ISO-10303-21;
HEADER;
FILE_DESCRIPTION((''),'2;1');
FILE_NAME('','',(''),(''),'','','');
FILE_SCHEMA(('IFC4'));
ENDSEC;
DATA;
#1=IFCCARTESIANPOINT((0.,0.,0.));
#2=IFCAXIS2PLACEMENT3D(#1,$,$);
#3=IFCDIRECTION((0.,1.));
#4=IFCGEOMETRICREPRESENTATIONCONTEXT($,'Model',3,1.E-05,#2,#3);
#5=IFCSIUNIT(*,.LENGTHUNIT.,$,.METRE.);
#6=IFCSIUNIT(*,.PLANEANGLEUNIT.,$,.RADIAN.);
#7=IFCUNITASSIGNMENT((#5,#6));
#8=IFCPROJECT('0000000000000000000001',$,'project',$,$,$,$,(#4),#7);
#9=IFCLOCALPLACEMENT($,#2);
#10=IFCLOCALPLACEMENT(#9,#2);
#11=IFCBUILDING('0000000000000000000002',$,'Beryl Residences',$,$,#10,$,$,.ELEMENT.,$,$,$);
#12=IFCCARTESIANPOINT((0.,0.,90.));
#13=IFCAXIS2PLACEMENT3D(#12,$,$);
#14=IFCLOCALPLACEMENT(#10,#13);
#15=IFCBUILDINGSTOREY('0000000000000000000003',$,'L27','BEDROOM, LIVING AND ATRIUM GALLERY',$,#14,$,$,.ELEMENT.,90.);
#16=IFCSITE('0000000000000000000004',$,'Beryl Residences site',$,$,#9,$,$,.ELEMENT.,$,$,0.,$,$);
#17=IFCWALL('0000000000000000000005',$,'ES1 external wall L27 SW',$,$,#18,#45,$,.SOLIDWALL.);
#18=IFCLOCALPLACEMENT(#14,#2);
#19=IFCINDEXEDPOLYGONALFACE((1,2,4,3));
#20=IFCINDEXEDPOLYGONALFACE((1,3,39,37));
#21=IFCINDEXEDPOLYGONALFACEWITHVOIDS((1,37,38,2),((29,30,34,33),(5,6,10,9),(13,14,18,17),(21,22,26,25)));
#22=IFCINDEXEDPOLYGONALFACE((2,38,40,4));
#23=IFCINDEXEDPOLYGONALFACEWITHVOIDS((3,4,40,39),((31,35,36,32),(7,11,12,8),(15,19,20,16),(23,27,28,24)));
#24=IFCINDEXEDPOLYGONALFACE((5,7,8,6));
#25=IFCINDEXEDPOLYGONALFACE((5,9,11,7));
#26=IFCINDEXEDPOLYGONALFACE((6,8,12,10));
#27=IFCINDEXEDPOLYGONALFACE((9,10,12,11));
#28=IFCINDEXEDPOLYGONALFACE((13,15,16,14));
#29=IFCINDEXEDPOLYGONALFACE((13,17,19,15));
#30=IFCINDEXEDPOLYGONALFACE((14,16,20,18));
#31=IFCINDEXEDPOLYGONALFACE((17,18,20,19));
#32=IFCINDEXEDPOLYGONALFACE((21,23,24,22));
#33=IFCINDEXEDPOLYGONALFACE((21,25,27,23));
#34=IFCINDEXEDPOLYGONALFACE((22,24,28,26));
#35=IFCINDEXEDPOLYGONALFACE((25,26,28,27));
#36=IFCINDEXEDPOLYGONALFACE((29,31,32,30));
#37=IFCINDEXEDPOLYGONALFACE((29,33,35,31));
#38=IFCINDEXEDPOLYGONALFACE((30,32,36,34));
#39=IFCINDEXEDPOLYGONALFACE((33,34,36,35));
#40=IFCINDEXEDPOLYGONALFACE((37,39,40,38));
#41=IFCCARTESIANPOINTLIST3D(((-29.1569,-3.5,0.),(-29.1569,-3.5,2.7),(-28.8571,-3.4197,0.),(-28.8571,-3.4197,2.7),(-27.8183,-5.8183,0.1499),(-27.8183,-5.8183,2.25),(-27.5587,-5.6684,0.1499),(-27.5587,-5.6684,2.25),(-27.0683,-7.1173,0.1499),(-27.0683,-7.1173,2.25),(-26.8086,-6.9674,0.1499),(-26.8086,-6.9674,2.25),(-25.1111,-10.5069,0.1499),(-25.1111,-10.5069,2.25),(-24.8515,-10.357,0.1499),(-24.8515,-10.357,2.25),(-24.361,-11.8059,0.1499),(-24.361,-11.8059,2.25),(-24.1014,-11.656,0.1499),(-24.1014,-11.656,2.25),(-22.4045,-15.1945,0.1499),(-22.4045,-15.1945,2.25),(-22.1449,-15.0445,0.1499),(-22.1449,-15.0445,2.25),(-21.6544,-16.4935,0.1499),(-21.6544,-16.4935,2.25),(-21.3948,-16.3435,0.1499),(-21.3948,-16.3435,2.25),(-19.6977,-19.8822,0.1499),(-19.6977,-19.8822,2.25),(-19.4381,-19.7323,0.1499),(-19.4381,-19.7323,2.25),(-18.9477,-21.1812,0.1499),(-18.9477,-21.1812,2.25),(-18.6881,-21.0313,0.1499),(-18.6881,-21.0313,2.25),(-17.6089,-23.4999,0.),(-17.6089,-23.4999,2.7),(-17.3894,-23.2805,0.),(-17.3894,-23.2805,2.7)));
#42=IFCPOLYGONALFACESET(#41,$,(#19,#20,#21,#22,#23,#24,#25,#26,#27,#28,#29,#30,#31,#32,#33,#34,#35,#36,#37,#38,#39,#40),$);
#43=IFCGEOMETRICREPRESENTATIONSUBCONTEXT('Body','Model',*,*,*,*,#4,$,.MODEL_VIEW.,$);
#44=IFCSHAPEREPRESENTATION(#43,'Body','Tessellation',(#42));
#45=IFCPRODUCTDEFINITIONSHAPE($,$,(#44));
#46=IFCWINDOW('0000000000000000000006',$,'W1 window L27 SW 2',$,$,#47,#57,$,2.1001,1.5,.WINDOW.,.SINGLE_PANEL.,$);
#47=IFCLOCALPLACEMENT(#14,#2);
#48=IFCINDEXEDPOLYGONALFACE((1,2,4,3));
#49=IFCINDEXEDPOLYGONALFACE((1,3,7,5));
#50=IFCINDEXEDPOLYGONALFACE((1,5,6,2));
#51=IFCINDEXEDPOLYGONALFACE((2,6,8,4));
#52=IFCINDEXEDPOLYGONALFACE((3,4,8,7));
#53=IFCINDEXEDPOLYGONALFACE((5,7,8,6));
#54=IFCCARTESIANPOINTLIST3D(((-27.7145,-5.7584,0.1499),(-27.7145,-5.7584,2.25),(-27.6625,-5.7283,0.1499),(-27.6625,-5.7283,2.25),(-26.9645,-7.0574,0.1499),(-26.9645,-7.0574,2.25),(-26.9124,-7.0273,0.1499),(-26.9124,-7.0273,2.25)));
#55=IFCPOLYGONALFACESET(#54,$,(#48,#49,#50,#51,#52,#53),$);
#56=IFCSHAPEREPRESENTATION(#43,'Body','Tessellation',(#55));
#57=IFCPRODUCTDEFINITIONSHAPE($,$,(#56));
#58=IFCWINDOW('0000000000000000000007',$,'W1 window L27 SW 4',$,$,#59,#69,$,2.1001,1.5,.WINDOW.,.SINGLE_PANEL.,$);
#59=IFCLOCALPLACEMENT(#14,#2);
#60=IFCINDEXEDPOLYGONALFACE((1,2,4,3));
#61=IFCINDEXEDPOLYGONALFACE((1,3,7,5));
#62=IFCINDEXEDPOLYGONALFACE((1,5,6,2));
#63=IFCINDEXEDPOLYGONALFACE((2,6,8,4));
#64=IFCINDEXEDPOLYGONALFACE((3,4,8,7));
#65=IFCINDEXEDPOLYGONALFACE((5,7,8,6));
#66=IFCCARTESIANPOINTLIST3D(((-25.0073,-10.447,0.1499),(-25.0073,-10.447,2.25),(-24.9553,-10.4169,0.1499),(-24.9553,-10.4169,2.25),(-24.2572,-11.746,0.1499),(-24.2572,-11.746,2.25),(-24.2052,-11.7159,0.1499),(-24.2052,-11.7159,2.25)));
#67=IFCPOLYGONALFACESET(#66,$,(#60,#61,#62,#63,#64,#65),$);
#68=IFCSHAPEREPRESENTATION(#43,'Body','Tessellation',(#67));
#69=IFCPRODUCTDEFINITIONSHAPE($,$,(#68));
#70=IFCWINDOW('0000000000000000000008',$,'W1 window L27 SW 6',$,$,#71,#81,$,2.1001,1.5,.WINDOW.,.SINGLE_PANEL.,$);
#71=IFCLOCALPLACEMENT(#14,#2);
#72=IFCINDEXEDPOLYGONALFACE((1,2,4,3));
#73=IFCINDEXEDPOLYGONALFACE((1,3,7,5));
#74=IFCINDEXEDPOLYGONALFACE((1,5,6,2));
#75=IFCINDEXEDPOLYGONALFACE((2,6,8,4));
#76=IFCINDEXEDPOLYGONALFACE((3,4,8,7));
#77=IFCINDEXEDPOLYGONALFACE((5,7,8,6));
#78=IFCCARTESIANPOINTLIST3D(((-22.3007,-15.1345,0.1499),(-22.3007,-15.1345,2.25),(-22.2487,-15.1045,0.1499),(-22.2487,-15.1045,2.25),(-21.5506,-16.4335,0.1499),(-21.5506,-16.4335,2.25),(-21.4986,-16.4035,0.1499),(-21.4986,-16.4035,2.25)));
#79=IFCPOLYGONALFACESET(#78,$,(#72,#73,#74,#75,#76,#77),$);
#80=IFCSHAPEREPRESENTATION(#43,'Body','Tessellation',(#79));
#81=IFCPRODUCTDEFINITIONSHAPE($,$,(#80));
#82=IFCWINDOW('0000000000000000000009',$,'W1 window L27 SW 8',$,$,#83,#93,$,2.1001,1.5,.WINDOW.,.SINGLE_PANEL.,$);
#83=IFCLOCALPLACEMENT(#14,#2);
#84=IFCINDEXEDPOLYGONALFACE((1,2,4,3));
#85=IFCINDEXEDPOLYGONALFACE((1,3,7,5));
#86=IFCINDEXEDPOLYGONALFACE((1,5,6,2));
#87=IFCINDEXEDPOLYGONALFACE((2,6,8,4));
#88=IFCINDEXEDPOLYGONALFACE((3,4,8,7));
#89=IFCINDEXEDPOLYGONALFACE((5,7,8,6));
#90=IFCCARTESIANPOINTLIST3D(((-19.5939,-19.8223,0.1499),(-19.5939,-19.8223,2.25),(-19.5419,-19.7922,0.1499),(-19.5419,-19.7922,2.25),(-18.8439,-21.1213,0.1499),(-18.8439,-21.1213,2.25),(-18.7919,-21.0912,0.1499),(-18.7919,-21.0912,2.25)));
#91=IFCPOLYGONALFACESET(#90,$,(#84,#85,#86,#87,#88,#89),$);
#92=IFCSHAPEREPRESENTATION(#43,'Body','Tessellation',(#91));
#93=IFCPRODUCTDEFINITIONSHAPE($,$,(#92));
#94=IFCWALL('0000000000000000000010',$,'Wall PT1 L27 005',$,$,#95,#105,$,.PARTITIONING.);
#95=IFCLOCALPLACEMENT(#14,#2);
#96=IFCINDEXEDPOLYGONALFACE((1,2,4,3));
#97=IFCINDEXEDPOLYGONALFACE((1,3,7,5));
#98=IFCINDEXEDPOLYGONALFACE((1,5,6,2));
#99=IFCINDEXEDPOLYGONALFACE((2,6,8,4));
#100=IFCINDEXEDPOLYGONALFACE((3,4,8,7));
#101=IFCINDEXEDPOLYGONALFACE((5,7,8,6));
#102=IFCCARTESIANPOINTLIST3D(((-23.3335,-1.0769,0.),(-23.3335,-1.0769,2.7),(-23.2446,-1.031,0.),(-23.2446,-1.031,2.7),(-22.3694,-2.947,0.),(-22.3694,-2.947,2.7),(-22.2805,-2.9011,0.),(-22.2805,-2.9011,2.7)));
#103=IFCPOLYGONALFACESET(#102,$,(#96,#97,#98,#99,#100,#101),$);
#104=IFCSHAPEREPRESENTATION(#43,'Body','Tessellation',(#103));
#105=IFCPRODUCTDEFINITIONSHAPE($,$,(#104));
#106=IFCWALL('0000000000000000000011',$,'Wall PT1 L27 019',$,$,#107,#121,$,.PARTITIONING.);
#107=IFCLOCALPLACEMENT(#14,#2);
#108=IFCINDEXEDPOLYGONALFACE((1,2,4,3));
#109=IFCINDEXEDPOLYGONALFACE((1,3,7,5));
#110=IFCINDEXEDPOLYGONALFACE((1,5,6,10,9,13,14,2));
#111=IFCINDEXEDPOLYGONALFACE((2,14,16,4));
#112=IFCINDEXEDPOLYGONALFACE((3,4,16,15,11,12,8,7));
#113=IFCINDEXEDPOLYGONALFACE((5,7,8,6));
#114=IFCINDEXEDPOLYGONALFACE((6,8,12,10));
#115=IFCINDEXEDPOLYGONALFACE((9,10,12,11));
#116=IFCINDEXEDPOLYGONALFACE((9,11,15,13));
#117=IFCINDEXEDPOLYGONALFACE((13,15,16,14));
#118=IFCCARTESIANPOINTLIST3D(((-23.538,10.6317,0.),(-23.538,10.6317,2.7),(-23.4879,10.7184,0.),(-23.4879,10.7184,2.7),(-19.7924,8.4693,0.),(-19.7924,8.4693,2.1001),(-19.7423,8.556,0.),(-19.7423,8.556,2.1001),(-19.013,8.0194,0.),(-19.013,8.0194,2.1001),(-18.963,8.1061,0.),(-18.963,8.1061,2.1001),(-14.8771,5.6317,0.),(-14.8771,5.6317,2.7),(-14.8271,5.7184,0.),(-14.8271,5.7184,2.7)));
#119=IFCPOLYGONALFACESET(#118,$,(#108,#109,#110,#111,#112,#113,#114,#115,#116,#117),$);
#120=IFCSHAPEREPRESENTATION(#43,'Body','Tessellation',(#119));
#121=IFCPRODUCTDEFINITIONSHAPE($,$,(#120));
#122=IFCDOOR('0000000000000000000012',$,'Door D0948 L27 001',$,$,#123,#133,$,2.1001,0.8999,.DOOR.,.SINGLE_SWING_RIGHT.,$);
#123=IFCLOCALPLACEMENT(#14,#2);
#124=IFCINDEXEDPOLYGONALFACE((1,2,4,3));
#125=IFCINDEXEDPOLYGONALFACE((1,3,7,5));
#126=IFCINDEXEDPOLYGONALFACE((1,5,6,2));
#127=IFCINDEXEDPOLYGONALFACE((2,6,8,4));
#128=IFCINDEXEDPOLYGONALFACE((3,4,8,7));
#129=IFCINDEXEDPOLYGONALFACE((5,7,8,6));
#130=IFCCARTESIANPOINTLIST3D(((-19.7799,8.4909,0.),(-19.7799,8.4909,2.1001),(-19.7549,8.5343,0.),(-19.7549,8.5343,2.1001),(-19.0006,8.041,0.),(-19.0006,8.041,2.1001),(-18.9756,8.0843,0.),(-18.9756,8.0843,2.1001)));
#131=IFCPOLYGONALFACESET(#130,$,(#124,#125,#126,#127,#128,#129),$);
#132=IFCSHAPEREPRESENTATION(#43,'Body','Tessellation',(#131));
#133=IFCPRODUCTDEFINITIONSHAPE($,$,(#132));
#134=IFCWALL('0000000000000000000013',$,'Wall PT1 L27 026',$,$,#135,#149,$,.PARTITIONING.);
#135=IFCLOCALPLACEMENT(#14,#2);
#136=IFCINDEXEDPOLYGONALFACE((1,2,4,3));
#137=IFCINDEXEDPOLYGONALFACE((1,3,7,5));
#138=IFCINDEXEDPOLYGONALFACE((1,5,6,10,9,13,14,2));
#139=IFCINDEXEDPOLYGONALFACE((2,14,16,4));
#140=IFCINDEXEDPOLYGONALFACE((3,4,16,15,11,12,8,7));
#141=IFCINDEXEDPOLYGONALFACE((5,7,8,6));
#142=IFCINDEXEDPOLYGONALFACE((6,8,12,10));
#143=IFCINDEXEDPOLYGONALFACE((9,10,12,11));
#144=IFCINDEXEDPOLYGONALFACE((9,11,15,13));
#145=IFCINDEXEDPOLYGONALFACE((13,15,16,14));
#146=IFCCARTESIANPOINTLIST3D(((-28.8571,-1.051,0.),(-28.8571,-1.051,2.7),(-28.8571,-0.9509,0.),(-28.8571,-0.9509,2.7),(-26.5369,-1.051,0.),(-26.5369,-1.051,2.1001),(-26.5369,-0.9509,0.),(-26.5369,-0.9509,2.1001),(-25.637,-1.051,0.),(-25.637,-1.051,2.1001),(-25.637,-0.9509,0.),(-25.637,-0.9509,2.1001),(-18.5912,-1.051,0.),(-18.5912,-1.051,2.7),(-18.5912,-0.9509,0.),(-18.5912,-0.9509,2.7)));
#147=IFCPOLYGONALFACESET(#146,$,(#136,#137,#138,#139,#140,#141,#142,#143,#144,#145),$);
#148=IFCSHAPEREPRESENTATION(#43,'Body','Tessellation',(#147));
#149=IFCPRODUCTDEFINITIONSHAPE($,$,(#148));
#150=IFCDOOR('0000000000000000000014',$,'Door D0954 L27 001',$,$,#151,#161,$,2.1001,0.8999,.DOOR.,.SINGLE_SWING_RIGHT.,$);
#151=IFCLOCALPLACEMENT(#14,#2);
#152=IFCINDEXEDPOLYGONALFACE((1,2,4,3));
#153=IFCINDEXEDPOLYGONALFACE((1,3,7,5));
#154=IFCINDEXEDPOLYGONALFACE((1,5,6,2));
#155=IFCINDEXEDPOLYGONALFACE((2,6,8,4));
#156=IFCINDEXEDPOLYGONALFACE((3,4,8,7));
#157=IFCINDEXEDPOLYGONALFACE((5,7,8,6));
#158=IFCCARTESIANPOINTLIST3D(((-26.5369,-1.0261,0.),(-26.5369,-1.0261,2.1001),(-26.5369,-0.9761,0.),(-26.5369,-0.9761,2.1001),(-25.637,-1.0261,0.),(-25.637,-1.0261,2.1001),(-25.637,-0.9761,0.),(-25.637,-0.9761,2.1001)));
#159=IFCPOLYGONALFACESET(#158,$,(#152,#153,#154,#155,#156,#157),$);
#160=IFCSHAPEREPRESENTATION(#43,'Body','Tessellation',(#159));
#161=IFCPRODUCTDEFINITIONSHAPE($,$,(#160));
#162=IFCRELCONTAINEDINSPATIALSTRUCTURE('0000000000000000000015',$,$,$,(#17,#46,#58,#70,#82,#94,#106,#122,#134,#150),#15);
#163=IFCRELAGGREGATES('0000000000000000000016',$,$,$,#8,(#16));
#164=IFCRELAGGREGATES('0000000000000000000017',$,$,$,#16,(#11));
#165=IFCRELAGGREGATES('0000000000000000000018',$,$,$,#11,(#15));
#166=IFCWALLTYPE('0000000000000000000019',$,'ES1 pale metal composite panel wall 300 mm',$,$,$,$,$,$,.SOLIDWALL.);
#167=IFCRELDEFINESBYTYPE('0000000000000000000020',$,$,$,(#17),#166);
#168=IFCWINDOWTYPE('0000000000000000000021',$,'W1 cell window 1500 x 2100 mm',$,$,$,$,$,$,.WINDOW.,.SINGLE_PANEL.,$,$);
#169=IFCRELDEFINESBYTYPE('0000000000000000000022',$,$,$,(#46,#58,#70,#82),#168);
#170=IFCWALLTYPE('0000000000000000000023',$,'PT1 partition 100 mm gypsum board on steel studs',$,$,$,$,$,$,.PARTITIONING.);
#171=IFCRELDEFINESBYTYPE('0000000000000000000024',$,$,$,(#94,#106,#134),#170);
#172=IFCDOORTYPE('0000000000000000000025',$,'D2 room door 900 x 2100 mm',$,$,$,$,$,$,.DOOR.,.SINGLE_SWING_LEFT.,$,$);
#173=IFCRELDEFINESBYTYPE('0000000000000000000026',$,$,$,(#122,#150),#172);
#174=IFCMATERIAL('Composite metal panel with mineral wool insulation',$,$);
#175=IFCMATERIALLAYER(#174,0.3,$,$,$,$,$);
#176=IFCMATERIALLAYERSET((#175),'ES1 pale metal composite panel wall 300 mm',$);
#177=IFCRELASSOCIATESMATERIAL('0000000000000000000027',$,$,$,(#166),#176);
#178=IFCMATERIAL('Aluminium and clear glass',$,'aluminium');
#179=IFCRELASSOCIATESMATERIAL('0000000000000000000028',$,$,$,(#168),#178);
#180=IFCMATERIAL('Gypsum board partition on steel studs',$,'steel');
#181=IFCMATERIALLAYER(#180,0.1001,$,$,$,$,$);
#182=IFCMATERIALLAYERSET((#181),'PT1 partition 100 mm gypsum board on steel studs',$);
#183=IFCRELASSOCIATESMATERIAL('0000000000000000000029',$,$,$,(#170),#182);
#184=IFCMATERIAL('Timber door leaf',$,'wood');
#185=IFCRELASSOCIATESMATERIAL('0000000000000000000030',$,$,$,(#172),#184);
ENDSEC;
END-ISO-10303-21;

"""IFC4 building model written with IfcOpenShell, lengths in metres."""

from ifc_helpers import new_model, si_unit, direction, frame, frame_2d, origin, place, context, subcontext, project, spatial, polyline, rectangle, outline, extrude, material, layer, layer_set, type_object, element, fill, save


model = new_model("IFC4")

# Units and contexts
model_context = context("Model", 3, precision=1e-05, world=origin(), true_north=direction((0.0, 1.0)))
body_context = subcontext(model_context, "Body", "Model", "MODEL_VIEW")
ifc_project = project(units=[si_unit("LENGTHUNIT", "METRE"), si_unit("PLANEANGLEUNIT", "RADIAN")], contexts=[model_context])

# Site, building, storey
site_placement = place(None, origin())
site = spatial("IfcSite", under=ifc_project, at=site_placement, Name="Beryl Residences site", CompositionType="ELEMENT", RefElevation=0.0)
building_placement = place(site_placement, origin())
building = spatial("IfcBuilding", under=site, at=building_placement, Name="Beryl Residences", CompositionType="ELEMENT")
storey_placement = place(building_placement, frame((0.0, 0.0, 90.0)))
storey = spatial("IfcBuildingStorey", under=building, at=storey_placement, Name="L27", Description="BEDROOM, LIVING AND ATRIUM GALLERY", CompositionType="ELEMENT", Elevation=90.0)

# Shared definitions
ifc_material_1 = material(Name="Composite metal panel with mineral wool insulation")
ifc_layer_1 = layer(ifc_material_1, 0.3)
ifc_layer_set_1 = layer_set([ifc_layer_1], Name="ES1 pale metal composite panel wall 300 mm")
wall_type_1 = type_object("IfcWallType", Name="ES1 pale metal composite panel wall 300 mm", PredefinedType="SOLIDWALL", material=ifc_layer_set_1)

# Wall, openings, windows
wall_1_placement = place(storey_placement, frame((-29.0271, -3.425, 0.0), z_axis=(0.0, 0.0, 1.0), x_axis=(0.500035, -0.866005, 0.0)))
wall_1 = element("IfcWall", 1, at=wall_1_placement, inside=storey, type_object=wall_type_1, Name="ES1 external wall L27 SW", PredefinedType="SOLIDWALL", context=body_context, shape_type="SweptSolid", body=[
    extrude(outline(polyline([(0.0, -0.1499), (23.0945, -0.1499), (23.0142, 0.1499), (0.0803, 0.1499), (0.0, -0.1499)])), origin(), (0.0, 0.0, 1.0), 2.7),
])
opening_1_placement = place(wall_1_placement, frame((2.677, 0.0, 0.1499)))
opening_1 = element("IfcOpeningElement", 2, at=opening_1_placement, cuts=wall_1, PredefinedType="OPENING", context=body_context, shape_type="SweptSolid", body=[
    extrude(rectangle(XDim=1.5, YDim=2.1001, at=frame_2d((0.75, 1.05))), frame((0.0, 0.1599, 0.0), z_axis=(0.0, -1.0, 0.0), x_axis=(1.0, 0.0, 0.0)), (0.0, 0.0, 1.0), 0.3201),
])
opening_2_placement = place(wall_1_placement, frame((8.0911, 0.0, 0.1499)))
opening_2 = element("IfcOpeningElement", 3, at=opening_2_placement, cuts=wall_1, PredefinedType="OPENING", context=body_context, shape_type="SweptSolid", body=[
    extrude(rectangle(XDim=1.5, YDim=2.1001, at=frame_2d((0.75, 1.05))), frame((0.0, 0.1599, 0.0), z_axis=(0.0, -1.0, 0.0), x_axis=(1.0, 0.0, 0.0)), (0.0, 0.0, 1.0), 0.3201),
])
opening_3_placement = place(wall_1_placement, frame((13.5039, 0.0, 0.1499)))
opening_3 = element("IfcOpeningElement", 4, at=opening_3_placement, cuts=wall_1, PredefinedType="OPENING", context=body_context, shape_type="SweptSolid", body=[
    extrude(rectangle(XDim=1.5, YDim=2.1001, at=frame_2d((0.75, 1.05))), frame((0.0, 0.1599, 0.0), z_axis=(0.0, -1.0, 0.0), x_axis=(1.0, 0.0, 0.0)), (0.0, 0.0, 1.0), 0.3201),
])
opening_4_placement = place(wall_1_placement, frame((18.917, 0.0, 0.1499)))
opening_4 = element("IfcOpeningElement", 5, at=opening_4_placement, cuts=wall_1, PredefinedType="OPENING", context=body_context, shape_type="SweptSolid", body=[
    extrude(rectangle(XDim=1.5, YDim=2.1001, at=frame_2d((0.75, 1.05))), frame((0.0, 0.1599, 0.0), z_axis=(0.0, -1.0, 0.0), x_axis=(1.0, 0.0, 0.0)), (0.0, 0.0, 1.0), 0.3201),
])
ifc_material_2 = material(Name="Aluminium and clear glass", Category="aluminium")
window_type_1 = type_object("IfcWindowType", Name="W1 cell window 1500 x 2100 mm", PartitioningType="SINGLE_PANEL", PredefinedType="WINDOW", material=ifc_material_2)
window_1_placement = place(opening_1_placement, origin())
window_1 = element("IfcWindow", 6, at=window_1_placement, inside=storey, type_object=window_type_1, Name="W1 window L27 SW 2", OverallHeight=2.1001, OverallWidth=1.5, PartitioningType="SINGLE_PANEL", PredefinedType="WINDOW", context=body_context, shape_type="SweptSolid", body=[
    extrude(rectangle(XDim=1.5, YDim=2.1001, at=frame_2d((0.75, 1.05))), frame((0.0, 0.03, 0.0), z_axis=(0.0, -1.0, 0.0), x_axis=(1.0, 0.0, 0.0)), (0.0, 0.0, 1.0), 0.0601),
])
fill(opening_1, window_1)
window_2_placement = place(opening_2_placement, origin())
window_2 = element("IfcWindow", 7, at=window_2_placement, inside=storey, type_object=window_type_1, Name="W1 window L27 SW 4", OverallHeight=2.1001, OverallWidth=1.5, PartitioningType="SINGLE_PANEL", PredefinedType="WINDOW", context=body_context, shape_type="SweptSolid", body=[
    extrude(rectangle(XDim=1.5, YDim=2.1001, at=frame_2d((0.75, 1.05))), frame((0.0, 0.03, 0.0), z_axis=(0.0, -1.0, 0.0), x_axis=(1.0, 0.0, 0.0)), (0.0, 0.0, 1.0), 0.0601),
])
fill(opening_2, window_2)
window_3_placement = place(opening_3_placement, origin())
window_3 = element("IfcWindow", 8, at=window_3_placement, inside=storey, type_object=window_type_1, Name="W1 window L27 SW 6", OverallHeight=2.1001, OverallWidth=1.5, PartitioningType="SINGLE_PANEL", PredefinedType="WINDOW", context=body_context, shape_type="SweptSolid", body=[
    extrude(rectangle(XDim=1.5, YDim=2.1001, at=frame_2d((0.75, 1.05))), frame((0.0, 0.03, 0.0), z_axis=(0.0, -1.0, 0.0), x_axis=(1.0, 0.0, 0.0)), (0.0, 0.0, 1.0), 0.0601),
])
fill(opening_3, window_3)
window_4_placement = place(opening_4_placement, origin())
window_4 = element("IfcWindow", 9, at=window_4_placement, inside=storey, type_object=window_type_1, Name="W1 window L27 SW 8", OverallHeight=2.1001, OverallWidth=1.5, PartitioningType="SINGLE_PANEL", PredefinedType="WINDOW", context=body_context, shape_type="SweptSolid", body=[
    extrude(rectangle(XDim=1.5, YDim=2.1001, at=frame_2d((0.75, 1.05))), frame((0.0, 0.03, 0.0), z_axis=(0.0, -1.0, 0.0), x_axis=(1.0, 0.0, 0.0)), (0.0, 0.0, 1.0), 0.0601),
])
fill(opening_4, window_4)

# Wall
ifc_material_3 = material(Name="Gypsum board partition on steel studs", Category="steel")
ifc_layer_2 = layer(ifc_material_3, 0.1001)
ifc_layer_set_2 = layer_set([ifc_layer_2], Name="PT1 partition 100 mm gypsum board on steel studs")
wall_type_2 = type_object("IfcWallType", Name="PT1 partition 100 mm gypsum board on steel studs", PredefinedType="PARTITIONING", material=ifc_layer_set_2)
wall_2_placement = place(storey_placement, frame((-23.2891, -1.054, 0.0), z_axis=(0.0, 0.0, 1.0), x_axis=(0.458226, -0.888836, 0.0)))
element("IfcWall", 10, at=wall_2_placement, inside=storey, type_object=wall_type_2, Name="Wall PT1 L27 005", PredefinedType="PARTITIONING", context=body_context, shape_type="SweptSolid", body=[
    extrude(rectangle(XDim=2.104, YDim=0.1001, at=frame_2d((1.052, 0.0))), origin(), (0.0, 0.0, 1.0), 2.7),
])

# Walls, openings, doors
wall_3_placement = place(storey_placement, frame((-23.5129, 10.675, 0.0), z_axis=(0.0, 0.0, 1.0), x_axis=(0.866041, -0.499973, 0.0)))
wall_3 = element("IfcWall", 11, at=wall_3_placement, inside=storey, type_object=wall_type_2, Name="Wall PT1 L27 019", PredefinedType="PARTITIONING", context=body_context, shape_type="SweptSolid", body=[
    extrude(rectangle(XDim=10.0005, YDim=0.1001, at=frame_2d((5.0002, 0.0))), origin(), (0.0, 0.0, 1.0), 2.7),
])
opening_5_placement = place(wall_3_placement, frame((4.325, 0.0, 0.0)))
opening_5 = element("IfcOpeningElement", 12, at=opening_5_placement, cuts=wall_3, PredefinedType="OPENING", context=body_context, shape_type="SweptSolid", body=[
    extrude(rectangle(XDim=0.8999, YDim=2.1001, at=frame_2d((0.45, 1.05))), frame((0.0, 0.0601, 0.0), z_axis=(0.0, -1.0, 0.0), x_axis=(1.0, 0.0, 0.0)), (0.0, 0.0, 1.0), 0.1201),
])
ifc_material_4 = material(Name="Timber door leaf", Category="wood")
door_type_1 = type_object("IfcDoorType", Name="D2 room door 900 x 2100 mm", OperationType="SINGLE_SWING_LEFT", PredefinedType="DOOR", material=ifc_material_4)
door_1_placement = place(opening_5_placement, origin())
door_1 = element("IfcDoor", 13, at=door_1_placement, inside=storey, type_object=door_type_1, Name="Door D0948 L27 001", OperationType="SINGLE_SWING_RIGHT", OverallHeight=2.1001, OverallWidth=0.8999, PredefinedType="DOOR", context=body_context, shape_type="SweptSolid", body=[
    extrude(rectangle(XDim=0.8999, YDim=2.1001, at=frame_2d((0.45, 1.05))), frame((0.0, 0.0249, 0.0), z_axis=(0.0, -1.0, 0.0), x_axis=(1.0, 0.0, 0.0)), (0.0, 0.0, 1.0), 0.05),
])
fill(opening_5, door_1)
wall_4_placement = place(storey_placement, frame((-28.8569, -1.001, 0.0), z_axis=(0.0, 0.0, 1.0), x_axis=(1.0, 0.0, 0.0)))
wall_4 = element("IfcWall", 14, at=wall_4_placement, inside=storey, type_object=wall_type_2, Name="Wall PT1 L27 026", PredefinedType="PARTITIONING", context=body_context, shape_type="SweptSolid", body=[
    extrude(rectangle(XDim=10.2659, YDim=0.1001, at=frame_2d((5.1328, 0.0))), origin(), (0.0, 0.0, 1.0), 2.7),
])
opening_6_placement = place(wall_4_placement, frame((2.3201, 0.0, 0.0)))
opening_6 = element("IfcOpeningElement", 15, at=opening_6_placement, cuts=wall_4, PredefinedType="OPENING", context=body_context, shape_type="SweptSolid", body=[
    extrude(rectangle(XDim=0.8999, YDim=2.1001, at=frame_2d((0.45, 1.05))), frame((0.0, 0.0601, 0.0), z_axis=(0.0, -1.0, 0.0), x_axis=(1.0, 0.0, 0.0)), (0.0, 0.0, 1.0), 0.1201),
])
door_2_placement = place(opening_6_placement, origin())
door_2 = element("IfcDoor", 16, at=door_2_placement, inside=storey, type_object=door_type_1, Name="Door D0954 L27 001", OperationType="SINGLE_SWING_RIGHT", OverallHeight=2.1001, OverallWidth=0.8999, PredefinedType="DOOR", context=body_context, shape_type="SweptSolid", body=[
    extrude(rectangle(XDim=0.8999, YDim=2.1001, at=frame_2d((0.45, 1.05))), frame((0.0, 0.0249, 0.0), z_axis=(0.0, -1.0, 0.0), x_axis=(1.0, 0.0, 0.0)), (0.0, 0.0, 1.0), 0.05),
])
fill(opening_6, door_2)

save(model, "model.ifc")
